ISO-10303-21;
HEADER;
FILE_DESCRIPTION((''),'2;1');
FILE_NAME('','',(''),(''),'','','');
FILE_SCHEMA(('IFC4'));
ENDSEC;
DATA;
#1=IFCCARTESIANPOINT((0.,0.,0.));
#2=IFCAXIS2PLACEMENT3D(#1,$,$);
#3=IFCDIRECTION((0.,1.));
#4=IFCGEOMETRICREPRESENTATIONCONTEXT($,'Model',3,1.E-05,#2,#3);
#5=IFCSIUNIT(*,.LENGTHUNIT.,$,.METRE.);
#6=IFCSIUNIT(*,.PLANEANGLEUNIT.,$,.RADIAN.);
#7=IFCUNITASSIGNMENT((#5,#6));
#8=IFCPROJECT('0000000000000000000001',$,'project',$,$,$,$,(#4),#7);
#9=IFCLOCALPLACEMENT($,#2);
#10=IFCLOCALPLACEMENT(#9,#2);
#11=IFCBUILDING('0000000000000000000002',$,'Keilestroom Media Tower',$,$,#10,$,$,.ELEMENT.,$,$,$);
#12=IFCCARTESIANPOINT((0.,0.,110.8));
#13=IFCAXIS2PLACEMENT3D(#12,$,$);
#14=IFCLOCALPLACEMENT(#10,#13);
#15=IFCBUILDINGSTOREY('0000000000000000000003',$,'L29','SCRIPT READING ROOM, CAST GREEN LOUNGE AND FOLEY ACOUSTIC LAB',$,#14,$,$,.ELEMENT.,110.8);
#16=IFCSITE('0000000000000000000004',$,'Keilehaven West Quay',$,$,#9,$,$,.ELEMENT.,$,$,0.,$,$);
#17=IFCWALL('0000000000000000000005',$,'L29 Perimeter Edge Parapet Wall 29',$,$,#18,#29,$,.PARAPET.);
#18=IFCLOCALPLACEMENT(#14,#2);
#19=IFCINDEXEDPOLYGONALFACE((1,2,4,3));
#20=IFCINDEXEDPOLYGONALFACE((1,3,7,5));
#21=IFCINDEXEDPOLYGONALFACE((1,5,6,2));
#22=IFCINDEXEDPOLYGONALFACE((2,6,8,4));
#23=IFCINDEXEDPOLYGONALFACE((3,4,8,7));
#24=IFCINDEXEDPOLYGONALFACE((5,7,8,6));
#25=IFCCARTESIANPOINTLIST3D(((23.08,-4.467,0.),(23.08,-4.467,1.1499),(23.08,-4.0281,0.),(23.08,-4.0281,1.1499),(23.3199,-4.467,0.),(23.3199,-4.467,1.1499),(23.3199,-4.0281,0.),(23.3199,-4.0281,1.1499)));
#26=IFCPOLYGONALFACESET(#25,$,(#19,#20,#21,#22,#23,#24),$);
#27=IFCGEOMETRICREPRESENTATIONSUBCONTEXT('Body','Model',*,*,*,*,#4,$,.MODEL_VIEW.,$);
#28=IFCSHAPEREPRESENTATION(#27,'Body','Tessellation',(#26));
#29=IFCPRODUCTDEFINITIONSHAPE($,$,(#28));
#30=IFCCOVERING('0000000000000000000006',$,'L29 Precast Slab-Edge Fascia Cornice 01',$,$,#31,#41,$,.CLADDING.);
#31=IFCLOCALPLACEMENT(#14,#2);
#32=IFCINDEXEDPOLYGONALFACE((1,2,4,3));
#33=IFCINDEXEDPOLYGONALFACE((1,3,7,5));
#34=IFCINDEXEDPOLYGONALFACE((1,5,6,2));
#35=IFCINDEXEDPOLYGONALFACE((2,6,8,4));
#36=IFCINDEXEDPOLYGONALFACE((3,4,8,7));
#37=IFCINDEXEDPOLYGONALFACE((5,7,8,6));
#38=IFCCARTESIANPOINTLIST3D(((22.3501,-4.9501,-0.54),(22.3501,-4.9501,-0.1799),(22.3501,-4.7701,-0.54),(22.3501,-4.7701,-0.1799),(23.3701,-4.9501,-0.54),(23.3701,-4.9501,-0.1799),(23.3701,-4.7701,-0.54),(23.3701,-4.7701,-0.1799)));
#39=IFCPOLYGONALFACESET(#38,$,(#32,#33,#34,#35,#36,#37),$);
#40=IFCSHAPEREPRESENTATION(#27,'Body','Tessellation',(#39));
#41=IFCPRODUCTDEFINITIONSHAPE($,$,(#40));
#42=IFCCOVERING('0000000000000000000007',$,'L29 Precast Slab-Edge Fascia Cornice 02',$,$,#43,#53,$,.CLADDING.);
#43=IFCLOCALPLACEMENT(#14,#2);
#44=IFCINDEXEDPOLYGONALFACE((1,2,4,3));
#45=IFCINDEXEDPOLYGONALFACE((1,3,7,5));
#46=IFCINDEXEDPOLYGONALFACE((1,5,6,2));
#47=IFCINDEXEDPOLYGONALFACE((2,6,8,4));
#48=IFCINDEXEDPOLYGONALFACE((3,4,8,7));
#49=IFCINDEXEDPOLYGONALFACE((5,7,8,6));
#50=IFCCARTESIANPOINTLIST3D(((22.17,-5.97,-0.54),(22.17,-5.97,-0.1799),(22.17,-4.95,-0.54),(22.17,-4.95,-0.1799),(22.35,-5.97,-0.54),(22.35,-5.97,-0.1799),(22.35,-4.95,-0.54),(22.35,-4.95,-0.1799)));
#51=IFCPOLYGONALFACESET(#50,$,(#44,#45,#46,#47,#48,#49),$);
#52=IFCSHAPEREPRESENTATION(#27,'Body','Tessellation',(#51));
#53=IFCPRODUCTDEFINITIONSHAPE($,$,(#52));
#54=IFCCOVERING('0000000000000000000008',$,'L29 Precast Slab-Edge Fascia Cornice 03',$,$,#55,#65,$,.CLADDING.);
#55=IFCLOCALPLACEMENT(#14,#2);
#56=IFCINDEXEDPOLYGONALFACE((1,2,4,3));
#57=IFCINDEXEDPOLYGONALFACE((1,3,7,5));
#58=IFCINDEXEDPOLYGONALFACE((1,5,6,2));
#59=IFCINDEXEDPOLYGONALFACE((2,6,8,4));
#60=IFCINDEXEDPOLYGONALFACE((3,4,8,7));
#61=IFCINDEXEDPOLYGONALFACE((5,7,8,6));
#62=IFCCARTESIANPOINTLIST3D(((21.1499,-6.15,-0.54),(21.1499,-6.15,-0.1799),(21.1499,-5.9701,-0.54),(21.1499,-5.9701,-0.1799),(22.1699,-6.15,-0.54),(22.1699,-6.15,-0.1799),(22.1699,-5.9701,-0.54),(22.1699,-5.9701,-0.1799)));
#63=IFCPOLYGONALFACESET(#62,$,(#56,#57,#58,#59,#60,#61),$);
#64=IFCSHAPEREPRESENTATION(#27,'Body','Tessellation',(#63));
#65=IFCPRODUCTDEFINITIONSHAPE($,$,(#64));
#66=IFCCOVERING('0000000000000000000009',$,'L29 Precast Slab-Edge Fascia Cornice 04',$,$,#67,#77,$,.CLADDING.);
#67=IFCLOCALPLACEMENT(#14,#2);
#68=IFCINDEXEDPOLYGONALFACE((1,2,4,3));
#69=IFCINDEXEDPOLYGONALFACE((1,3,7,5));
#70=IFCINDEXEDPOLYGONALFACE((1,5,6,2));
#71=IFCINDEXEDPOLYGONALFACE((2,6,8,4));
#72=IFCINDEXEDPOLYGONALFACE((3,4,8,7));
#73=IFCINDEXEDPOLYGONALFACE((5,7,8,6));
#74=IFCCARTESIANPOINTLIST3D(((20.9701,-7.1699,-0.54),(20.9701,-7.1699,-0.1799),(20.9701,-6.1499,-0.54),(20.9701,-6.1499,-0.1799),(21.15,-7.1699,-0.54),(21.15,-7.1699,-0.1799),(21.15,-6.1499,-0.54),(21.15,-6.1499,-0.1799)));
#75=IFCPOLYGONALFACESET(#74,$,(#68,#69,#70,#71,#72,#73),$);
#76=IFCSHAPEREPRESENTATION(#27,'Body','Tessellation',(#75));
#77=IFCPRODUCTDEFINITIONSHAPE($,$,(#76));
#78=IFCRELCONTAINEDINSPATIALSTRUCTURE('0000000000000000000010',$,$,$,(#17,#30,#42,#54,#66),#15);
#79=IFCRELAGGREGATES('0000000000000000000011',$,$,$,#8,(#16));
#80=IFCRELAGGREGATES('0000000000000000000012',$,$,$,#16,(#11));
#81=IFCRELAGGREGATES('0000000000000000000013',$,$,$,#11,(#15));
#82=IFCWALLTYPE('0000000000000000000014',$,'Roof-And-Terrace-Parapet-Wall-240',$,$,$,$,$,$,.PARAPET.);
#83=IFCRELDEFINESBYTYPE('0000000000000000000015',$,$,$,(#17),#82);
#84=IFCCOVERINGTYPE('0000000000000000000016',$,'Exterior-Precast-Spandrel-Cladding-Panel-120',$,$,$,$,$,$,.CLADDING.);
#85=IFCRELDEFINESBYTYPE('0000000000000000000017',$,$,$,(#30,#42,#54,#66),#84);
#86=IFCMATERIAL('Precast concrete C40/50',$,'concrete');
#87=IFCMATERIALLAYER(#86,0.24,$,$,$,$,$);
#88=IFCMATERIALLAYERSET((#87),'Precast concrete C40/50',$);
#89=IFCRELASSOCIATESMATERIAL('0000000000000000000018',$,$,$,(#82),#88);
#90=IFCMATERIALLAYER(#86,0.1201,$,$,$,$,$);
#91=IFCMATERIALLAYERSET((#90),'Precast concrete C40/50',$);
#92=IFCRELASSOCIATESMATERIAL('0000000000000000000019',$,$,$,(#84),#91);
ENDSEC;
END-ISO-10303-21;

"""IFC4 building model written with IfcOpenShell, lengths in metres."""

from ifc_helpers import new_model, si_unit, direction, frame, frame_2d, origin, origin_2d, place, context, subcontext, project, spatial, rectangle, extrude, source, transform, mapped, material, layer, layer_set, type_object, element, save


model = new_model("IFC4")

# Units and contexts
model_context = context("Model", 3, precision=1e-05, world=origin(), true_north=direction((0.0, 1.0)))
body_context = subcontext(model_context, "Body", "Model", "MODEL_VIEW")
ifc_project = project(units=[si_unit("LENGTHUNIT", "METRE"), si_unit("PLANEANGLEUNIT", "RADIAN")], contexts=[model_context])

# Site, building, storey
site_placement = place(None, origin())
site = spatial("IfcSite", under=ifc_project, at=site_placement, Name="Keilehaven West Quay", CompositionType="ELEMENT", RefElevation=0.0)
building_placement = place(site_placement, origin())
building = spatial("IfcBuilding", under=site, at=building_placement, Name="Keilestroom Media Tower", CompositionType="ELEMENT")
storey_placement = place(building_placement, frame((0.0, 0.0, 110.8)))
storey = spatial("IfcBuildingStorey", under=building, at=storey_placement, Name="L29", Description="SCRIPT READING ROOM, CAST GREEN LOUNGE AND FOLEY ACOUSTIC LAB", CompositionType="ELEMENT", Elevation=110.8)

# Shared definitions
ifc_material_1 = material(Name="Precast concrete C40/50", Category="concrete")

# Wall
ifc_layer_1 = layer(ifc_material_1, 0.24)
ifc_layer_set_1 = layer_set([ifc_layer_1], Name="Precast concrete C40/50")
wall_type_1 = type_object("IfcWallType", Name="Roof-And-Terrace-Parapet-Wall-240", PredefinedType="PARAPET", material=ifc_layer_set_1)
wall_1_placement = place(storey_placement, frame((23.2, -4.0281, 0.0), z_axis=(0.0, 0.0, 1.0), x_axis=(0.0, -1.0, 0.0)))
element("IfcWall", 1, at=wall_1_placement, inside=storey, type_object=wall_type_1, Name="L29 Perimeter Edge Parapet Wall 29", PredefinedType="PARAPET", context=body_context, shape_type="SweptSolid", body=[
    extrude(rectangle(XDim=0.439, YDim=0.24, at=frame_2d((0.2195, 0.0))), origin(), (0.0, 0.0, 1.0), 1.1499),
])

# Coverings
ifc_layer_2 = layer(ifc_material_1, 0.1201)
ifc_layer_set_2 = layer_set([ifc_layer_2], Name="Precast concrete C40/50")
covering_type = type_object("IfcCoveringType", Name="Exterior-Precast-Spandrel-Cladding-Panel-120", PredefinedType="CLADDING", material=ifc_layer_set_2)
shared_shape_1 = source(origin(), body_context, "Body", "SweptSolid", [
    extrude(rectangle(XDim=1.02, YDim=0.1799, at=origin_2d()), origin(), (0.0, 0.0, 1.0), 0.3601),
])
for number, where, z_axis, x_axis, name in (
    (2, (22.8601, -4.8601, -0.54), (0.0, 0.0, 1.0), (-1.0, 0.0, 0.0), "L29 Precast Slab-Edge Fascia Cornice 01"),
    (3, (22.26, -5.46, -0.54), (0.0, 0.0, 1.0), (0.0, -1.0, 0.0), "L29 Precast Slab-Edge Fascia Cornice 02"),
    (4, (21.6599, -6.0601, -0.54), (0.0, 0.0, 1.0), (-1.0, 0.0, 0.0), "L29 Precast Slab-Edge Fascia Cornice 03"),
    (5, (21.0601, -6.6599, -0.54), (0.0, 0.0, 1.0), (0.0, -1.0, 0.0), "L29 Precast Slab-Edge Fascia Cornice 04"),
):
    element("IfcCovering", number, at=place(storey_placement, frame(where, z_axis=z_axis, x_axis=x_axis)), inside=storey, type_object=covering_type, Name=name, PredefinedType="CLADDING", context=body_context, shape_type="MappedRepresentation", body=[
        mapped(shared_shape_1, transform((0.0, 0.0, 0.0), x_axis=(1.0, 0.0, 0.0), y_axis=(0.0, 1.0, 0.0), z_axis=(0.0, 0.0, 1.0), scale=1.0)),
    ])

save(model, "model.ifc")
